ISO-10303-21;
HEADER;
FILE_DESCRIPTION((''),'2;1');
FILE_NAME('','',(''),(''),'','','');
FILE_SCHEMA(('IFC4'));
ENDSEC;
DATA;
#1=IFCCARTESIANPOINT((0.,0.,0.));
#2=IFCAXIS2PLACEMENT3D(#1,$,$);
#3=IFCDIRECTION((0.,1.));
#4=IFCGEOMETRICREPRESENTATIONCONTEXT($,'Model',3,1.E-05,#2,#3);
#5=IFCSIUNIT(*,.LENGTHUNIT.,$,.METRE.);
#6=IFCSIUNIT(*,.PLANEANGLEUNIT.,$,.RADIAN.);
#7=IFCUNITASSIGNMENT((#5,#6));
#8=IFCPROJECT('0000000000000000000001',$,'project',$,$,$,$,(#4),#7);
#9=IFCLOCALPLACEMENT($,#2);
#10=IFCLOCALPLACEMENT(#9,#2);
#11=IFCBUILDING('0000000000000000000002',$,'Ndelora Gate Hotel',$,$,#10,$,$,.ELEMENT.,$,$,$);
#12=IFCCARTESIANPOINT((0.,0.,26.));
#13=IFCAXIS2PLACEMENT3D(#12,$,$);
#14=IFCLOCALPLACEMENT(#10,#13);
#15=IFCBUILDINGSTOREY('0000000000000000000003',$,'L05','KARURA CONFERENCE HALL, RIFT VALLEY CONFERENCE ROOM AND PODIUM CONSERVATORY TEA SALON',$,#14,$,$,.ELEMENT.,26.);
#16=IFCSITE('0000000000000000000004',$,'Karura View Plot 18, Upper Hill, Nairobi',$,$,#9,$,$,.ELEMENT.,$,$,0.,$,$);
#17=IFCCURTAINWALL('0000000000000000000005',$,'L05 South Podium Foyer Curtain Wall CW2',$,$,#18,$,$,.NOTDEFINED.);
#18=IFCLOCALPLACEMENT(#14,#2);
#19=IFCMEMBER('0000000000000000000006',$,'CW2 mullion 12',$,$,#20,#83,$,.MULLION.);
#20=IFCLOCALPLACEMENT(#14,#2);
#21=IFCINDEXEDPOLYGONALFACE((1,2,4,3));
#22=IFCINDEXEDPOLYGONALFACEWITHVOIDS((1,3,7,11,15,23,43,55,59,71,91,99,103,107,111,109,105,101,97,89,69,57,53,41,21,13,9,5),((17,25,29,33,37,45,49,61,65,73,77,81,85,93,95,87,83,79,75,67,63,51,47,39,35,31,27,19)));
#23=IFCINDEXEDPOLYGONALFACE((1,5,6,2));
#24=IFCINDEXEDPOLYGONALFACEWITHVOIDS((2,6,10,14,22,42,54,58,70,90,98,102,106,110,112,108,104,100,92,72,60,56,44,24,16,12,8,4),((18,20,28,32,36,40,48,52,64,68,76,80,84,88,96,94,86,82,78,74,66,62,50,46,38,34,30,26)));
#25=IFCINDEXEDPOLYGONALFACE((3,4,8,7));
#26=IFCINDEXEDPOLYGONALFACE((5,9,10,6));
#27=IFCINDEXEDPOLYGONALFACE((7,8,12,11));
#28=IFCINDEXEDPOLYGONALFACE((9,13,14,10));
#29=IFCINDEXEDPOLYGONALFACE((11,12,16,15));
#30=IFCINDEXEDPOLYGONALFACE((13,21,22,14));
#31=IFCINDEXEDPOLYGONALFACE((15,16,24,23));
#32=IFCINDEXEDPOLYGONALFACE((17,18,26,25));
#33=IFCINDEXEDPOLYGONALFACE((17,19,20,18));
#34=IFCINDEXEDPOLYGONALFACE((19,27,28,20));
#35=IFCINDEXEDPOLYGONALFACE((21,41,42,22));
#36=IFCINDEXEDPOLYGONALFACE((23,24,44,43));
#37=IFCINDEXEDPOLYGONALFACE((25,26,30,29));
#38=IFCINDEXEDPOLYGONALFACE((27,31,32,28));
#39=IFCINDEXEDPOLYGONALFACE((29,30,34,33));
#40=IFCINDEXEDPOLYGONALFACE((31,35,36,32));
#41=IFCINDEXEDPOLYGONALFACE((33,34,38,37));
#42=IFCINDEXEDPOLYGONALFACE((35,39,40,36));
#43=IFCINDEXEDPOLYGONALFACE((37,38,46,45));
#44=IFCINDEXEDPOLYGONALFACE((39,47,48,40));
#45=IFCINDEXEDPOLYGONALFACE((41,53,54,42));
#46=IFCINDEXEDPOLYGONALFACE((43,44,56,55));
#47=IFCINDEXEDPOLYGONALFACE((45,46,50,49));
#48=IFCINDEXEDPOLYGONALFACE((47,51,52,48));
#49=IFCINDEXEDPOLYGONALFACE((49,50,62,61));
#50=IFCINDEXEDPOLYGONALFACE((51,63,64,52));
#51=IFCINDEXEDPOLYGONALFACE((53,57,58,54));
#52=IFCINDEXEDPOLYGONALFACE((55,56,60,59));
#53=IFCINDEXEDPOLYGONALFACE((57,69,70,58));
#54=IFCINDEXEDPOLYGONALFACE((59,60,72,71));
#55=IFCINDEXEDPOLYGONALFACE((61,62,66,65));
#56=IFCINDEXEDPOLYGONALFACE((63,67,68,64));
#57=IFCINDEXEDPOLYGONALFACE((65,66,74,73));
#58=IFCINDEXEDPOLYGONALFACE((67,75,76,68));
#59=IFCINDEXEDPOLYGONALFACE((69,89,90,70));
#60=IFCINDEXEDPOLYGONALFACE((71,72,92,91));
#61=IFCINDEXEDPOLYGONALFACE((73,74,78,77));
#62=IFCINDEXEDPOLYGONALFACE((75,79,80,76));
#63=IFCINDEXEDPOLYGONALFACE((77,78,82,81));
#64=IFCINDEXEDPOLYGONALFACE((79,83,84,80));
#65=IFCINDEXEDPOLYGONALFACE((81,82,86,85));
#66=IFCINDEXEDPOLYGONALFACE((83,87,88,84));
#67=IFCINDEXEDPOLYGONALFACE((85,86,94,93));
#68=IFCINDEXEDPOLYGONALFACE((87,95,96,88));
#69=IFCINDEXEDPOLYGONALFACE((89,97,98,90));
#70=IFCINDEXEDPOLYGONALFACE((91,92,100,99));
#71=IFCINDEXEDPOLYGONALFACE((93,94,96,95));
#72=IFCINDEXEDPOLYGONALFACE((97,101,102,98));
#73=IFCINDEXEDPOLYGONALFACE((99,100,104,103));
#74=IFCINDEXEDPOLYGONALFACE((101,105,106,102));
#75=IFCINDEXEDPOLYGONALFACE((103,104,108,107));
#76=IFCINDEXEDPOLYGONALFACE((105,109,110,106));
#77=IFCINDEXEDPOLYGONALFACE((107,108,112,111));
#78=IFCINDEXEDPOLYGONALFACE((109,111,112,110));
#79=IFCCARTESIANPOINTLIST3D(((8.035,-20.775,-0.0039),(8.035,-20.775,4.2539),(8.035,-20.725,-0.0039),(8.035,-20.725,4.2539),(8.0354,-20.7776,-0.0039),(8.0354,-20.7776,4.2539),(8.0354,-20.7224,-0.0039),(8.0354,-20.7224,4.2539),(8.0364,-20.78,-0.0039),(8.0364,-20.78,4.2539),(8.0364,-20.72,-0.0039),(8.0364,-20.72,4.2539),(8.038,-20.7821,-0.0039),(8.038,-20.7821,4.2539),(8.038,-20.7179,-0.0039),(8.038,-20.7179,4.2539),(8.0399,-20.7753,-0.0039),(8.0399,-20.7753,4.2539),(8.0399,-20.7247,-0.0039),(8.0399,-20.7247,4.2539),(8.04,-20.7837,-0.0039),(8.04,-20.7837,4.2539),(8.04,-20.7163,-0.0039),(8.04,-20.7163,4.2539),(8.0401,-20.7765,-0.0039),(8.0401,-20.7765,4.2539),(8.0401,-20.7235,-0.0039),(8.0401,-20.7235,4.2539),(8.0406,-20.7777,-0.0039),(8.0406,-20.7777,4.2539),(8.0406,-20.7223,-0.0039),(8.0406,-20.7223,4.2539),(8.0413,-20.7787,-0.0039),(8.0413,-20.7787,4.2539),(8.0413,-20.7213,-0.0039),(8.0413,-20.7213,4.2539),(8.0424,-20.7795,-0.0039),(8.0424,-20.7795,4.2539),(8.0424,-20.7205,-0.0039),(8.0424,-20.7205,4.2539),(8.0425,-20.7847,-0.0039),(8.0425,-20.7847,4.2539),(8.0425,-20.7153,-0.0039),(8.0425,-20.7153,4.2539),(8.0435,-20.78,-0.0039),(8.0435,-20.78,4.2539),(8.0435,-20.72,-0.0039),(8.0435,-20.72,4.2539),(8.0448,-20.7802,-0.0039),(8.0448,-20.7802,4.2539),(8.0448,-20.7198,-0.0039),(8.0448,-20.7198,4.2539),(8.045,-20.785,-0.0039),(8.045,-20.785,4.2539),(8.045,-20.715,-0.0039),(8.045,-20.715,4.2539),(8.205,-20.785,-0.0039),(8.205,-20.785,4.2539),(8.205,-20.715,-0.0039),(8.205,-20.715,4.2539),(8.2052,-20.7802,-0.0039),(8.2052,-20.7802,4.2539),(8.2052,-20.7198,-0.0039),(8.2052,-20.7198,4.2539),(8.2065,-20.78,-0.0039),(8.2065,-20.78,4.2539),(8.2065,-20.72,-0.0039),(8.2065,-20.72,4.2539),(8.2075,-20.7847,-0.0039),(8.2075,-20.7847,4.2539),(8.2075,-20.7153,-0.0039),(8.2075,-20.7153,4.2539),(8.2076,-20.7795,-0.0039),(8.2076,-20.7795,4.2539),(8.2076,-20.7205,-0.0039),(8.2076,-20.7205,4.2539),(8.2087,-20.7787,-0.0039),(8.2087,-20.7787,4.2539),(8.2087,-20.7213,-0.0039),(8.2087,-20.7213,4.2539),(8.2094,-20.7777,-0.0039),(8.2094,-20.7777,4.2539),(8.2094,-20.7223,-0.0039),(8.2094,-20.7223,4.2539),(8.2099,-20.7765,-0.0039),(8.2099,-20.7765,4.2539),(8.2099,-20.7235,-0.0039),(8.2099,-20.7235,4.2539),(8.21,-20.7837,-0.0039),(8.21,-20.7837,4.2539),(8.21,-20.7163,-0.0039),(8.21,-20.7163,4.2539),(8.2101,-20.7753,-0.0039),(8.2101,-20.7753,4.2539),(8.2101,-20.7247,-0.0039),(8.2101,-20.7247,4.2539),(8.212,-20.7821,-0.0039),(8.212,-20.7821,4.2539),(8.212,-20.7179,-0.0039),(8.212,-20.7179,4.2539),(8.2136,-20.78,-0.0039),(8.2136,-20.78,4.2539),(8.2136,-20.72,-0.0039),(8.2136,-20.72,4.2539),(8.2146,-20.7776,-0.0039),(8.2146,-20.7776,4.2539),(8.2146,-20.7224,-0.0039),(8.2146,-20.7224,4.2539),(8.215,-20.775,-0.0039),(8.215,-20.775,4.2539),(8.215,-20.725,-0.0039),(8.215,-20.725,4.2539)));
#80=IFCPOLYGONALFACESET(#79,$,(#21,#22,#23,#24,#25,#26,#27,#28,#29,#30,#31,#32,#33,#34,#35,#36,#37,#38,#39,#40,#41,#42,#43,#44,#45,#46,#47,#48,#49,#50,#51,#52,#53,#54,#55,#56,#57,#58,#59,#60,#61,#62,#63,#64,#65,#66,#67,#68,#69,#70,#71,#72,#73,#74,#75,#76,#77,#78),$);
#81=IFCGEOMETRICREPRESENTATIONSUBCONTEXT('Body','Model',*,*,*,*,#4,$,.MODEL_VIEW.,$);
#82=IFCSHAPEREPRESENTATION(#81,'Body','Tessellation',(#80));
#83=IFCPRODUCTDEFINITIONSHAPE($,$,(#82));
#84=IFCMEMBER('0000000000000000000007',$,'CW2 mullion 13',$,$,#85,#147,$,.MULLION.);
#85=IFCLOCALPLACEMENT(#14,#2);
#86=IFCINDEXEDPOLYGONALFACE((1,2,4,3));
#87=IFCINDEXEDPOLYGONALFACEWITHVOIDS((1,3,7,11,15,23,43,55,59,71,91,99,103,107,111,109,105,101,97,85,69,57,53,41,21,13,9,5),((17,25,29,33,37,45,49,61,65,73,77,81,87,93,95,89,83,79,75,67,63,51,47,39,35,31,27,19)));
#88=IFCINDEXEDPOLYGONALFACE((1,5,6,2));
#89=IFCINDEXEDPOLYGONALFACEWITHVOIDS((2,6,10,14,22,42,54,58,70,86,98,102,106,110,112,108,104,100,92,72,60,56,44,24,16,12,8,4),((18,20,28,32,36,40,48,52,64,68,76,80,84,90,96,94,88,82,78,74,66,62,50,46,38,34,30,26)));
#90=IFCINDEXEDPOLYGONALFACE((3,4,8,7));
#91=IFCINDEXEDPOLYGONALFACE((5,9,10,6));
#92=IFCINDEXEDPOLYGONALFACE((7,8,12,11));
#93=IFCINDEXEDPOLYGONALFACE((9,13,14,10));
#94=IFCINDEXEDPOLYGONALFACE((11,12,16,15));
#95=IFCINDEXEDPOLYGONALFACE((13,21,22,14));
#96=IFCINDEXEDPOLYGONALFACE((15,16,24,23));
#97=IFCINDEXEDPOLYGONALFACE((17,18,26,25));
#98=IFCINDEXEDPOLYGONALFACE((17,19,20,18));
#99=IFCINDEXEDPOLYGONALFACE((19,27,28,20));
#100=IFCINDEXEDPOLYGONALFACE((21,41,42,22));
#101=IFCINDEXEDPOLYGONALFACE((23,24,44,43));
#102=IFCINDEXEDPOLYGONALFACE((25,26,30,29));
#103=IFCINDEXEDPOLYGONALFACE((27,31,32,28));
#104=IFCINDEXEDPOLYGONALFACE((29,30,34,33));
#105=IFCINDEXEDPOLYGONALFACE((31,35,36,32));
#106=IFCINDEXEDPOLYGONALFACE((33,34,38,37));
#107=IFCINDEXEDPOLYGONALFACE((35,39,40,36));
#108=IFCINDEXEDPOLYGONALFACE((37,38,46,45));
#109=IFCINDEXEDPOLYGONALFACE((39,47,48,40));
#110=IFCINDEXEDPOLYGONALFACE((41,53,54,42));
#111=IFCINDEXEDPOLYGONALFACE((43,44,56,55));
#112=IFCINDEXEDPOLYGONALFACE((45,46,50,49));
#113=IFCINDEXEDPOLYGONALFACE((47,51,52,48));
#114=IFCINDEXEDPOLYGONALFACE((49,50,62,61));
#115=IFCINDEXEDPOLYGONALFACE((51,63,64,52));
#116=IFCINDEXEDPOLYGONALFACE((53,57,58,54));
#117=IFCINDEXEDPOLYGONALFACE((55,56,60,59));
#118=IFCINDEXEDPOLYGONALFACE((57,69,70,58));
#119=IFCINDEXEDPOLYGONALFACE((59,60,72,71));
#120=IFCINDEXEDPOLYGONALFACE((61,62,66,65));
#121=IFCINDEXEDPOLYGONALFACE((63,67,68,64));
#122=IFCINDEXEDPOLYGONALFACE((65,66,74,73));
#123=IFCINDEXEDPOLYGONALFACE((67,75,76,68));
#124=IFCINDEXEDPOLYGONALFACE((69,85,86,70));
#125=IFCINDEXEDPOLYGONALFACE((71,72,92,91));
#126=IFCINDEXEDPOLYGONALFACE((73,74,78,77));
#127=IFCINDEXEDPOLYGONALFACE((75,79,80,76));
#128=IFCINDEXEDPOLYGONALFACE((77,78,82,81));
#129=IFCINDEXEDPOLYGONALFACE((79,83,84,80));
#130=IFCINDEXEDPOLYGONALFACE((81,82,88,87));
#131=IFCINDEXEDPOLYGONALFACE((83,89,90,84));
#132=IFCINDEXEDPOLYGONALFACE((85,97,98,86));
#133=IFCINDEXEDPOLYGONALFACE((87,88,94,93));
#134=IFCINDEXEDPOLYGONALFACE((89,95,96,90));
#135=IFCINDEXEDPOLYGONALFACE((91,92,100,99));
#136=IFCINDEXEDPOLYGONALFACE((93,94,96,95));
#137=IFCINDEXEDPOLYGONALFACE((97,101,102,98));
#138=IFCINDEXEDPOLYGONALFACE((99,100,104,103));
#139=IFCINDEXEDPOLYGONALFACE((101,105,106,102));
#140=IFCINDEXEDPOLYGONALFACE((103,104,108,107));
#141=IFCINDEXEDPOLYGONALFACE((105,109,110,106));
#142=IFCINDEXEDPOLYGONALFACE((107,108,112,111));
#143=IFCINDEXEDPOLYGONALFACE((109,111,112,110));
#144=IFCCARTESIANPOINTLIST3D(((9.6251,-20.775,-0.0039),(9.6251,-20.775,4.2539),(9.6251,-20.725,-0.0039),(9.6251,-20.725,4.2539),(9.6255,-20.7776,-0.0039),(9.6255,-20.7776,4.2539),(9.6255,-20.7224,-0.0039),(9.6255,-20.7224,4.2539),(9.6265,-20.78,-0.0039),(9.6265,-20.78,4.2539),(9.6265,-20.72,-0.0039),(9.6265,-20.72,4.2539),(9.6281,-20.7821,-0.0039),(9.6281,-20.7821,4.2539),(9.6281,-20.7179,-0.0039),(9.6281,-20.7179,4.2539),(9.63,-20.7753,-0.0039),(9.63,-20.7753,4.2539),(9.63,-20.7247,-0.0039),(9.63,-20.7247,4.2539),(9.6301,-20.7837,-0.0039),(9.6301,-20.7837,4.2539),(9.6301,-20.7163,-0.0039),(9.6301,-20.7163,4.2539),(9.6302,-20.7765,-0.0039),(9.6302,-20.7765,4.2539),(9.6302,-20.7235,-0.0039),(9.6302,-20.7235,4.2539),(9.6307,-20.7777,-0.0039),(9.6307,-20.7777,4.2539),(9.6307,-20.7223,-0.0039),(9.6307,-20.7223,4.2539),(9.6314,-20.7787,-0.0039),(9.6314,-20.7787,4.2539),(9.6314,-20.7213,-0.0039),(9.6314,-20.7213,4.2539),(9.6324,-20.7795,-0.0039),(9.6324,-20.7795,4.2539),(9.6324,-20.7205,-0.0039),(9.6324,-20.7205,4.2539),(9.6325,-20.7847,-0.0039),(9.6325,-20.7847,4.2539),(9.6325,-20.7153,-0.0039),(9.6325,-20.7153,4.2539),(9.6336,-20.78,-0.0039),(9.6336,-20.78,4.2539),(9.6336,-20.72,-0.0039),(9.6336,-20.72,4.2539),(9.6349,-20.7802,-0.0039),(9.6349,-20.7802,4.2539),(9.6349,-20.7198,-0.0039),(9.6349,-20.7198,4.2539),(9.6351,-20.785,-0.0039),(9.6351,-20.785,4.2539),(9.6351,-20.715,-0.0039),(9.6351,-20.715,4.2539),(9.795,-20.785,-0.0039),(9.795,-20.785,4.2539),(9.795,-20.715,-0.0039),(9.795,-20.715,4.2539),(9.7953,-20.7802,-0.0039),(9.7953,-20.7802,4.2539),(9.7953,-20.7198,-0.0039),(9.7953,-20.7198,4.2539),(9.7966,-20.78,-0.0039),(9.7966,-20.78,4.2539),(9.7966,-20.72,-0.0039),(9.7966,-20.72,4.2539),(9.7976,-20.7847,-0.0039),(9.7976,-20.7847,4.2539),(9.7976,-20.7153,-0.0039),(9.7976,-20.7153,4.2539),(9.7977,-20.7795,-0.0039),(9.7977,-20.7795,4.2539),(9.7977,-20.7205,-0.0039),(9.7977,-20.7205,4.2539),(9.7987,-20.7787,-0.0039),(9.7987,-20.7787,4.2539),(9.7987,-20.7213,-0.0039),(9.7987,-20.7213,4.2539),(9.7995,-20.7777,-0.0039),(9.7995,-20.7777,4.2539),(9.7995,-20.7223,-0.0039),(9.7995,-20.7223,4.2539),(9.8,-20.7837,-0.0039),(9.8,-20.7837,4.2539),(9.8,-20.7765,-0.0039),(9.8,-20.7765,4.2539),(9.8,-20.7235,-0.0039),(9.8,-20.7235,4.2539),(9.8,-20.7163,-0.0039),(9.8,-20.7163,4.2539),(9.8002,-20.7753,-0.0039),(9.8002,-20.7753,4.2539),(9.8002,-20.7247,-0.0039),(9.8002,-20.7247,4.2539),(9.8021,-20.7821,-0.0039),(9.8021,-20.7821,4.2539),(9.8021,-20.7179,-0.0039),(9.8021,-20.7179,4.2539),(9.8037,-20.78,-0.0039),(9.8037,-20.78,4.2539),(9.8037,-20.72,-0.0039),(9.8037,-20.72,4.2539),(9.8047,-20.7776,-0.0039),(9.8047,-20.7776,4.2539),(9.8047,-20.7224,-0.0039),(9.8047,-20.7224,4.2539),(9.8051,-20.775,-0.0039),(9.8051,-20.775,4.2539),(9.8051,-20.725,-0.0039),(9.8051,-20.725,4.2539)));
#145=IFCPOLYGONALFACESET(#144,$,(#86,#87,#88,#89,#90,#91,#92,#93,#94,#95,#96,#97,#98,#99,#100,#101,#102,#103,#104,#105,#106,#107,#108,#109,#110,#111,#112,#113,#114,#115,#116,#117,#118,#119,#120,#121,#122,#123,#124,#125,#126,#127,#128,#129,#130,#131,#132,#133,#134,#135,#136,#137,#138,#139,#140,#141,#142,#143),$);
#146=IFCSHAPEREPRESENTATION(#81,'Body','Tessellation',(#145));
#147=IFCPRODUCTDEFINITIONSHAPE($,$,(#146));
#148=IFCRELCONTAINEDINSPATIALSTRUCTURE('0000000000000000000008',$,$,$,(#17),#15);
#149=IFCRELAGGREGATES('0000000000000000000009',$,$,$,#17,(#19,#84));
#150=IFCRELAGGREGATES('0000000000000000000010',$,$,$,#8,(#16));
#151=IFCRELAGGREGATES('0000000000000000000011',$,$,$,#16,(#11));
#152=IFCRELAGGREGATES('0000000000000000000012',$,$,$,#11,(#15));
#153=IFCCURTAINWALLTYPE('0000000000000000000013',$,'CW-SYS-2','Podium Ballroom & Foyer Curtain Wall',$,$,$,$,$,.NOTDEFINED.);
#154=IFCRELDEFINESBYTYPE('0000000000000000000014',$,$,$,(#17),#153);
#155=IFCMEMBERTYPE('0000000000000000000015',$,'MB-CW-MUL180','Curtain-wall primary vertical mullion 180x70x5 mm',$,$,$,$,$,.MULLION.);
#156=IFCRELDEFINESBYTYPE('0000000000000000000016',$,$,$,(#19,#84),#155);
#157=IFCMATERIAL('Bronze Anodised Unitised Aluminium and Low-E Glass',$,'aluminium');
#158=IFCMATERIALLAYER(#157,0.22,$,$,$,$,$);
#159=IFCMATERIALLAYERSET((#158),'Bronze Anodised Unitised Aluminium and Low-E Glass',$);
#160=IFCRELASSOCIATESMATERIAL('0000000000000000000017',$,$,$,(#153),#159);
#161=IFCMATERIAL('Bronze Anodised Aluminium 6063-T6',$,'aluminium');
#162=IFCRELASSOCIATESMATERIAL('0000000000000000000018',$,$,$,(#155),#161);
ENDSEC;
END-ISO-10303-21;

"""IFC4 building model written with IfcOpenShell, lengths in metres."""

from ifc_helpers import new_model, si_unit, direction, frame, origin, origin_2d, place, context, subcontext, project, spatial, hollow_rectangle, extrude, material, layer, layer_set, material_profile, profile_set, type_object, element, aggregate, save


model = new_model("IFC4")

# Units and contexts
model_context = context("Model", 3, precision=1e-05, world=origin(), true_north=direction((0.0, 1.0)))
body_context = subcontext(model_context, "Body", "Model", "MODEL_VIEW")
ifc_project = project(units=[si_unit("LENGTHUNIT", "METRE"), si_unit("PLANEANGLEUNIT", "RADIAN")], contexts=[model_context])

# Site, building, storey
site_placement = place(None, origin())
site = spatial("IfcSite", under=ifc_project, at=site_placement, Name="Karura View Plot 18, Upper Hill, Nairobi", CompositionType="ELEMENT", RefElevation=0.0)
building_placement = place(site_placement, origin())
building = spatial("IfcBuilding", under=site, at=building_placement, Name="Ndelora Gate Hotel", CompositionType="ELEMENT")
storey_placement = place(building_placement, frame((0.0, 0.0, 26.0)))
storey = spatial("IfcBuildingStorey", under=building, at=storey_placement, Name="L05", Description="KARURA CONFERENCE HALL, RIFT VALLEY CONFERENCE ROOM AND PODIUM CONSERVATORY TEA SALON", CompositionType="ELEMENT", Elevation=26.0)

# Curtain wall, members
ifc_material_1 = material(Name="Bronze Anodised Unitised Aluminium and Low-E Glass", Category="aluminium")
ifc_layer_1 = layer(ifc_material_1, 0.22)
ifc_layer_set_1 = layer_set([ifc_layer_1], Name="Bronze Anodised Unitised Aluminium and Low-E Glass")
curtain_wall_type = type_object("IfcCurtainWallType", Name="CW-SYS-2", Description="Podium Ballroom & Foyer Curtain Wall", PredefinedType="NOTDEFINED", material=ifc_layer_set_1)
curtain_wall_placement = place(storey_placement, origin())
curtain_wall = element("IfcCurtainWall", 1, at=curtain_wall_placement, inside=storey, type_object=curtain_wall_type, Name="L05 South Podium Foyer Curtain Wall CW2", PredefinedType="NOTDEFINED")
ifc_material_2 = material(Name="Bronze Anodised Aluminium 6063-T6", Category="aluminium")
ifc_material_profile_1 = material_profile(ifc_material_2, hollow_rectangle(XDim=0.0701, YDim=0.1799, WallThickness=0.0049, InnerFilletRadius=0.0049, OuterFilletRadius=0.01, at=origin_2d()), Name="ALU 180x70x5")
ifc_profile_set_1 = profile_set([ifc_material_profile_1], Name="Bronze Anodised Aluminium 6063-T6")
member_type_1 = type_object("IfcMemberType", Name="MB-CW-MUL180", Description="Curtain-wall primary vertical mullion 180x70x5 mm", PredefinedType="MULLION", material=ifc_profile_set_1)
member_1_placement = place(storey_placement, frame((8.125, -20.75, -0.0039), z_axis=(0.0, 0.0, 1.0), x_axis=(0.0, 1.0, 0.0)))
member_1 = element("IfcMember", 2, at=member_1_placement, type_object=member_type_1, Name="CW2 mullion 12", PredefinedType="MULLION", context=body_context, shape_type="SweptSolid", body=[
    extrude(hollow_rectangle(XDim=0.0701, YDim=0.1799, WallThickness=0.0049, InnerFilletRadius=0.0049, OuterFilletRadius=0.01, at=origin_2d()), origin(), (0.0, 0.0, 1.0), 4.2578),
])
member_2_placement = place(storey_placement, frame((9.7151, -20.75, -0.0039), z_axis=(0.0, 0.0, 1.0), x_axis=(0.0, 1.0, 0.0)))
member_2 = element("IfcMember", 3, at=member_2_placement, type_object=member_type_1, Name="CW2 mullion 13", PredefinedType="MULLION", context=body_context, shape_type="SweptSolid", body=[
    extrude(hollow_rectangle(XDim=0.0701, YDim=0.1799, WallThickness=0.0049, InnerFilletRadius=0.0049, OuterFilletRadius=0.01, at=origin_2d()), origin(), (0.0, 0.0, 1.0), 4.2578),
])
aggregate(curtain_wall, [member_1, member_2])

save(model, "model.ifc")
